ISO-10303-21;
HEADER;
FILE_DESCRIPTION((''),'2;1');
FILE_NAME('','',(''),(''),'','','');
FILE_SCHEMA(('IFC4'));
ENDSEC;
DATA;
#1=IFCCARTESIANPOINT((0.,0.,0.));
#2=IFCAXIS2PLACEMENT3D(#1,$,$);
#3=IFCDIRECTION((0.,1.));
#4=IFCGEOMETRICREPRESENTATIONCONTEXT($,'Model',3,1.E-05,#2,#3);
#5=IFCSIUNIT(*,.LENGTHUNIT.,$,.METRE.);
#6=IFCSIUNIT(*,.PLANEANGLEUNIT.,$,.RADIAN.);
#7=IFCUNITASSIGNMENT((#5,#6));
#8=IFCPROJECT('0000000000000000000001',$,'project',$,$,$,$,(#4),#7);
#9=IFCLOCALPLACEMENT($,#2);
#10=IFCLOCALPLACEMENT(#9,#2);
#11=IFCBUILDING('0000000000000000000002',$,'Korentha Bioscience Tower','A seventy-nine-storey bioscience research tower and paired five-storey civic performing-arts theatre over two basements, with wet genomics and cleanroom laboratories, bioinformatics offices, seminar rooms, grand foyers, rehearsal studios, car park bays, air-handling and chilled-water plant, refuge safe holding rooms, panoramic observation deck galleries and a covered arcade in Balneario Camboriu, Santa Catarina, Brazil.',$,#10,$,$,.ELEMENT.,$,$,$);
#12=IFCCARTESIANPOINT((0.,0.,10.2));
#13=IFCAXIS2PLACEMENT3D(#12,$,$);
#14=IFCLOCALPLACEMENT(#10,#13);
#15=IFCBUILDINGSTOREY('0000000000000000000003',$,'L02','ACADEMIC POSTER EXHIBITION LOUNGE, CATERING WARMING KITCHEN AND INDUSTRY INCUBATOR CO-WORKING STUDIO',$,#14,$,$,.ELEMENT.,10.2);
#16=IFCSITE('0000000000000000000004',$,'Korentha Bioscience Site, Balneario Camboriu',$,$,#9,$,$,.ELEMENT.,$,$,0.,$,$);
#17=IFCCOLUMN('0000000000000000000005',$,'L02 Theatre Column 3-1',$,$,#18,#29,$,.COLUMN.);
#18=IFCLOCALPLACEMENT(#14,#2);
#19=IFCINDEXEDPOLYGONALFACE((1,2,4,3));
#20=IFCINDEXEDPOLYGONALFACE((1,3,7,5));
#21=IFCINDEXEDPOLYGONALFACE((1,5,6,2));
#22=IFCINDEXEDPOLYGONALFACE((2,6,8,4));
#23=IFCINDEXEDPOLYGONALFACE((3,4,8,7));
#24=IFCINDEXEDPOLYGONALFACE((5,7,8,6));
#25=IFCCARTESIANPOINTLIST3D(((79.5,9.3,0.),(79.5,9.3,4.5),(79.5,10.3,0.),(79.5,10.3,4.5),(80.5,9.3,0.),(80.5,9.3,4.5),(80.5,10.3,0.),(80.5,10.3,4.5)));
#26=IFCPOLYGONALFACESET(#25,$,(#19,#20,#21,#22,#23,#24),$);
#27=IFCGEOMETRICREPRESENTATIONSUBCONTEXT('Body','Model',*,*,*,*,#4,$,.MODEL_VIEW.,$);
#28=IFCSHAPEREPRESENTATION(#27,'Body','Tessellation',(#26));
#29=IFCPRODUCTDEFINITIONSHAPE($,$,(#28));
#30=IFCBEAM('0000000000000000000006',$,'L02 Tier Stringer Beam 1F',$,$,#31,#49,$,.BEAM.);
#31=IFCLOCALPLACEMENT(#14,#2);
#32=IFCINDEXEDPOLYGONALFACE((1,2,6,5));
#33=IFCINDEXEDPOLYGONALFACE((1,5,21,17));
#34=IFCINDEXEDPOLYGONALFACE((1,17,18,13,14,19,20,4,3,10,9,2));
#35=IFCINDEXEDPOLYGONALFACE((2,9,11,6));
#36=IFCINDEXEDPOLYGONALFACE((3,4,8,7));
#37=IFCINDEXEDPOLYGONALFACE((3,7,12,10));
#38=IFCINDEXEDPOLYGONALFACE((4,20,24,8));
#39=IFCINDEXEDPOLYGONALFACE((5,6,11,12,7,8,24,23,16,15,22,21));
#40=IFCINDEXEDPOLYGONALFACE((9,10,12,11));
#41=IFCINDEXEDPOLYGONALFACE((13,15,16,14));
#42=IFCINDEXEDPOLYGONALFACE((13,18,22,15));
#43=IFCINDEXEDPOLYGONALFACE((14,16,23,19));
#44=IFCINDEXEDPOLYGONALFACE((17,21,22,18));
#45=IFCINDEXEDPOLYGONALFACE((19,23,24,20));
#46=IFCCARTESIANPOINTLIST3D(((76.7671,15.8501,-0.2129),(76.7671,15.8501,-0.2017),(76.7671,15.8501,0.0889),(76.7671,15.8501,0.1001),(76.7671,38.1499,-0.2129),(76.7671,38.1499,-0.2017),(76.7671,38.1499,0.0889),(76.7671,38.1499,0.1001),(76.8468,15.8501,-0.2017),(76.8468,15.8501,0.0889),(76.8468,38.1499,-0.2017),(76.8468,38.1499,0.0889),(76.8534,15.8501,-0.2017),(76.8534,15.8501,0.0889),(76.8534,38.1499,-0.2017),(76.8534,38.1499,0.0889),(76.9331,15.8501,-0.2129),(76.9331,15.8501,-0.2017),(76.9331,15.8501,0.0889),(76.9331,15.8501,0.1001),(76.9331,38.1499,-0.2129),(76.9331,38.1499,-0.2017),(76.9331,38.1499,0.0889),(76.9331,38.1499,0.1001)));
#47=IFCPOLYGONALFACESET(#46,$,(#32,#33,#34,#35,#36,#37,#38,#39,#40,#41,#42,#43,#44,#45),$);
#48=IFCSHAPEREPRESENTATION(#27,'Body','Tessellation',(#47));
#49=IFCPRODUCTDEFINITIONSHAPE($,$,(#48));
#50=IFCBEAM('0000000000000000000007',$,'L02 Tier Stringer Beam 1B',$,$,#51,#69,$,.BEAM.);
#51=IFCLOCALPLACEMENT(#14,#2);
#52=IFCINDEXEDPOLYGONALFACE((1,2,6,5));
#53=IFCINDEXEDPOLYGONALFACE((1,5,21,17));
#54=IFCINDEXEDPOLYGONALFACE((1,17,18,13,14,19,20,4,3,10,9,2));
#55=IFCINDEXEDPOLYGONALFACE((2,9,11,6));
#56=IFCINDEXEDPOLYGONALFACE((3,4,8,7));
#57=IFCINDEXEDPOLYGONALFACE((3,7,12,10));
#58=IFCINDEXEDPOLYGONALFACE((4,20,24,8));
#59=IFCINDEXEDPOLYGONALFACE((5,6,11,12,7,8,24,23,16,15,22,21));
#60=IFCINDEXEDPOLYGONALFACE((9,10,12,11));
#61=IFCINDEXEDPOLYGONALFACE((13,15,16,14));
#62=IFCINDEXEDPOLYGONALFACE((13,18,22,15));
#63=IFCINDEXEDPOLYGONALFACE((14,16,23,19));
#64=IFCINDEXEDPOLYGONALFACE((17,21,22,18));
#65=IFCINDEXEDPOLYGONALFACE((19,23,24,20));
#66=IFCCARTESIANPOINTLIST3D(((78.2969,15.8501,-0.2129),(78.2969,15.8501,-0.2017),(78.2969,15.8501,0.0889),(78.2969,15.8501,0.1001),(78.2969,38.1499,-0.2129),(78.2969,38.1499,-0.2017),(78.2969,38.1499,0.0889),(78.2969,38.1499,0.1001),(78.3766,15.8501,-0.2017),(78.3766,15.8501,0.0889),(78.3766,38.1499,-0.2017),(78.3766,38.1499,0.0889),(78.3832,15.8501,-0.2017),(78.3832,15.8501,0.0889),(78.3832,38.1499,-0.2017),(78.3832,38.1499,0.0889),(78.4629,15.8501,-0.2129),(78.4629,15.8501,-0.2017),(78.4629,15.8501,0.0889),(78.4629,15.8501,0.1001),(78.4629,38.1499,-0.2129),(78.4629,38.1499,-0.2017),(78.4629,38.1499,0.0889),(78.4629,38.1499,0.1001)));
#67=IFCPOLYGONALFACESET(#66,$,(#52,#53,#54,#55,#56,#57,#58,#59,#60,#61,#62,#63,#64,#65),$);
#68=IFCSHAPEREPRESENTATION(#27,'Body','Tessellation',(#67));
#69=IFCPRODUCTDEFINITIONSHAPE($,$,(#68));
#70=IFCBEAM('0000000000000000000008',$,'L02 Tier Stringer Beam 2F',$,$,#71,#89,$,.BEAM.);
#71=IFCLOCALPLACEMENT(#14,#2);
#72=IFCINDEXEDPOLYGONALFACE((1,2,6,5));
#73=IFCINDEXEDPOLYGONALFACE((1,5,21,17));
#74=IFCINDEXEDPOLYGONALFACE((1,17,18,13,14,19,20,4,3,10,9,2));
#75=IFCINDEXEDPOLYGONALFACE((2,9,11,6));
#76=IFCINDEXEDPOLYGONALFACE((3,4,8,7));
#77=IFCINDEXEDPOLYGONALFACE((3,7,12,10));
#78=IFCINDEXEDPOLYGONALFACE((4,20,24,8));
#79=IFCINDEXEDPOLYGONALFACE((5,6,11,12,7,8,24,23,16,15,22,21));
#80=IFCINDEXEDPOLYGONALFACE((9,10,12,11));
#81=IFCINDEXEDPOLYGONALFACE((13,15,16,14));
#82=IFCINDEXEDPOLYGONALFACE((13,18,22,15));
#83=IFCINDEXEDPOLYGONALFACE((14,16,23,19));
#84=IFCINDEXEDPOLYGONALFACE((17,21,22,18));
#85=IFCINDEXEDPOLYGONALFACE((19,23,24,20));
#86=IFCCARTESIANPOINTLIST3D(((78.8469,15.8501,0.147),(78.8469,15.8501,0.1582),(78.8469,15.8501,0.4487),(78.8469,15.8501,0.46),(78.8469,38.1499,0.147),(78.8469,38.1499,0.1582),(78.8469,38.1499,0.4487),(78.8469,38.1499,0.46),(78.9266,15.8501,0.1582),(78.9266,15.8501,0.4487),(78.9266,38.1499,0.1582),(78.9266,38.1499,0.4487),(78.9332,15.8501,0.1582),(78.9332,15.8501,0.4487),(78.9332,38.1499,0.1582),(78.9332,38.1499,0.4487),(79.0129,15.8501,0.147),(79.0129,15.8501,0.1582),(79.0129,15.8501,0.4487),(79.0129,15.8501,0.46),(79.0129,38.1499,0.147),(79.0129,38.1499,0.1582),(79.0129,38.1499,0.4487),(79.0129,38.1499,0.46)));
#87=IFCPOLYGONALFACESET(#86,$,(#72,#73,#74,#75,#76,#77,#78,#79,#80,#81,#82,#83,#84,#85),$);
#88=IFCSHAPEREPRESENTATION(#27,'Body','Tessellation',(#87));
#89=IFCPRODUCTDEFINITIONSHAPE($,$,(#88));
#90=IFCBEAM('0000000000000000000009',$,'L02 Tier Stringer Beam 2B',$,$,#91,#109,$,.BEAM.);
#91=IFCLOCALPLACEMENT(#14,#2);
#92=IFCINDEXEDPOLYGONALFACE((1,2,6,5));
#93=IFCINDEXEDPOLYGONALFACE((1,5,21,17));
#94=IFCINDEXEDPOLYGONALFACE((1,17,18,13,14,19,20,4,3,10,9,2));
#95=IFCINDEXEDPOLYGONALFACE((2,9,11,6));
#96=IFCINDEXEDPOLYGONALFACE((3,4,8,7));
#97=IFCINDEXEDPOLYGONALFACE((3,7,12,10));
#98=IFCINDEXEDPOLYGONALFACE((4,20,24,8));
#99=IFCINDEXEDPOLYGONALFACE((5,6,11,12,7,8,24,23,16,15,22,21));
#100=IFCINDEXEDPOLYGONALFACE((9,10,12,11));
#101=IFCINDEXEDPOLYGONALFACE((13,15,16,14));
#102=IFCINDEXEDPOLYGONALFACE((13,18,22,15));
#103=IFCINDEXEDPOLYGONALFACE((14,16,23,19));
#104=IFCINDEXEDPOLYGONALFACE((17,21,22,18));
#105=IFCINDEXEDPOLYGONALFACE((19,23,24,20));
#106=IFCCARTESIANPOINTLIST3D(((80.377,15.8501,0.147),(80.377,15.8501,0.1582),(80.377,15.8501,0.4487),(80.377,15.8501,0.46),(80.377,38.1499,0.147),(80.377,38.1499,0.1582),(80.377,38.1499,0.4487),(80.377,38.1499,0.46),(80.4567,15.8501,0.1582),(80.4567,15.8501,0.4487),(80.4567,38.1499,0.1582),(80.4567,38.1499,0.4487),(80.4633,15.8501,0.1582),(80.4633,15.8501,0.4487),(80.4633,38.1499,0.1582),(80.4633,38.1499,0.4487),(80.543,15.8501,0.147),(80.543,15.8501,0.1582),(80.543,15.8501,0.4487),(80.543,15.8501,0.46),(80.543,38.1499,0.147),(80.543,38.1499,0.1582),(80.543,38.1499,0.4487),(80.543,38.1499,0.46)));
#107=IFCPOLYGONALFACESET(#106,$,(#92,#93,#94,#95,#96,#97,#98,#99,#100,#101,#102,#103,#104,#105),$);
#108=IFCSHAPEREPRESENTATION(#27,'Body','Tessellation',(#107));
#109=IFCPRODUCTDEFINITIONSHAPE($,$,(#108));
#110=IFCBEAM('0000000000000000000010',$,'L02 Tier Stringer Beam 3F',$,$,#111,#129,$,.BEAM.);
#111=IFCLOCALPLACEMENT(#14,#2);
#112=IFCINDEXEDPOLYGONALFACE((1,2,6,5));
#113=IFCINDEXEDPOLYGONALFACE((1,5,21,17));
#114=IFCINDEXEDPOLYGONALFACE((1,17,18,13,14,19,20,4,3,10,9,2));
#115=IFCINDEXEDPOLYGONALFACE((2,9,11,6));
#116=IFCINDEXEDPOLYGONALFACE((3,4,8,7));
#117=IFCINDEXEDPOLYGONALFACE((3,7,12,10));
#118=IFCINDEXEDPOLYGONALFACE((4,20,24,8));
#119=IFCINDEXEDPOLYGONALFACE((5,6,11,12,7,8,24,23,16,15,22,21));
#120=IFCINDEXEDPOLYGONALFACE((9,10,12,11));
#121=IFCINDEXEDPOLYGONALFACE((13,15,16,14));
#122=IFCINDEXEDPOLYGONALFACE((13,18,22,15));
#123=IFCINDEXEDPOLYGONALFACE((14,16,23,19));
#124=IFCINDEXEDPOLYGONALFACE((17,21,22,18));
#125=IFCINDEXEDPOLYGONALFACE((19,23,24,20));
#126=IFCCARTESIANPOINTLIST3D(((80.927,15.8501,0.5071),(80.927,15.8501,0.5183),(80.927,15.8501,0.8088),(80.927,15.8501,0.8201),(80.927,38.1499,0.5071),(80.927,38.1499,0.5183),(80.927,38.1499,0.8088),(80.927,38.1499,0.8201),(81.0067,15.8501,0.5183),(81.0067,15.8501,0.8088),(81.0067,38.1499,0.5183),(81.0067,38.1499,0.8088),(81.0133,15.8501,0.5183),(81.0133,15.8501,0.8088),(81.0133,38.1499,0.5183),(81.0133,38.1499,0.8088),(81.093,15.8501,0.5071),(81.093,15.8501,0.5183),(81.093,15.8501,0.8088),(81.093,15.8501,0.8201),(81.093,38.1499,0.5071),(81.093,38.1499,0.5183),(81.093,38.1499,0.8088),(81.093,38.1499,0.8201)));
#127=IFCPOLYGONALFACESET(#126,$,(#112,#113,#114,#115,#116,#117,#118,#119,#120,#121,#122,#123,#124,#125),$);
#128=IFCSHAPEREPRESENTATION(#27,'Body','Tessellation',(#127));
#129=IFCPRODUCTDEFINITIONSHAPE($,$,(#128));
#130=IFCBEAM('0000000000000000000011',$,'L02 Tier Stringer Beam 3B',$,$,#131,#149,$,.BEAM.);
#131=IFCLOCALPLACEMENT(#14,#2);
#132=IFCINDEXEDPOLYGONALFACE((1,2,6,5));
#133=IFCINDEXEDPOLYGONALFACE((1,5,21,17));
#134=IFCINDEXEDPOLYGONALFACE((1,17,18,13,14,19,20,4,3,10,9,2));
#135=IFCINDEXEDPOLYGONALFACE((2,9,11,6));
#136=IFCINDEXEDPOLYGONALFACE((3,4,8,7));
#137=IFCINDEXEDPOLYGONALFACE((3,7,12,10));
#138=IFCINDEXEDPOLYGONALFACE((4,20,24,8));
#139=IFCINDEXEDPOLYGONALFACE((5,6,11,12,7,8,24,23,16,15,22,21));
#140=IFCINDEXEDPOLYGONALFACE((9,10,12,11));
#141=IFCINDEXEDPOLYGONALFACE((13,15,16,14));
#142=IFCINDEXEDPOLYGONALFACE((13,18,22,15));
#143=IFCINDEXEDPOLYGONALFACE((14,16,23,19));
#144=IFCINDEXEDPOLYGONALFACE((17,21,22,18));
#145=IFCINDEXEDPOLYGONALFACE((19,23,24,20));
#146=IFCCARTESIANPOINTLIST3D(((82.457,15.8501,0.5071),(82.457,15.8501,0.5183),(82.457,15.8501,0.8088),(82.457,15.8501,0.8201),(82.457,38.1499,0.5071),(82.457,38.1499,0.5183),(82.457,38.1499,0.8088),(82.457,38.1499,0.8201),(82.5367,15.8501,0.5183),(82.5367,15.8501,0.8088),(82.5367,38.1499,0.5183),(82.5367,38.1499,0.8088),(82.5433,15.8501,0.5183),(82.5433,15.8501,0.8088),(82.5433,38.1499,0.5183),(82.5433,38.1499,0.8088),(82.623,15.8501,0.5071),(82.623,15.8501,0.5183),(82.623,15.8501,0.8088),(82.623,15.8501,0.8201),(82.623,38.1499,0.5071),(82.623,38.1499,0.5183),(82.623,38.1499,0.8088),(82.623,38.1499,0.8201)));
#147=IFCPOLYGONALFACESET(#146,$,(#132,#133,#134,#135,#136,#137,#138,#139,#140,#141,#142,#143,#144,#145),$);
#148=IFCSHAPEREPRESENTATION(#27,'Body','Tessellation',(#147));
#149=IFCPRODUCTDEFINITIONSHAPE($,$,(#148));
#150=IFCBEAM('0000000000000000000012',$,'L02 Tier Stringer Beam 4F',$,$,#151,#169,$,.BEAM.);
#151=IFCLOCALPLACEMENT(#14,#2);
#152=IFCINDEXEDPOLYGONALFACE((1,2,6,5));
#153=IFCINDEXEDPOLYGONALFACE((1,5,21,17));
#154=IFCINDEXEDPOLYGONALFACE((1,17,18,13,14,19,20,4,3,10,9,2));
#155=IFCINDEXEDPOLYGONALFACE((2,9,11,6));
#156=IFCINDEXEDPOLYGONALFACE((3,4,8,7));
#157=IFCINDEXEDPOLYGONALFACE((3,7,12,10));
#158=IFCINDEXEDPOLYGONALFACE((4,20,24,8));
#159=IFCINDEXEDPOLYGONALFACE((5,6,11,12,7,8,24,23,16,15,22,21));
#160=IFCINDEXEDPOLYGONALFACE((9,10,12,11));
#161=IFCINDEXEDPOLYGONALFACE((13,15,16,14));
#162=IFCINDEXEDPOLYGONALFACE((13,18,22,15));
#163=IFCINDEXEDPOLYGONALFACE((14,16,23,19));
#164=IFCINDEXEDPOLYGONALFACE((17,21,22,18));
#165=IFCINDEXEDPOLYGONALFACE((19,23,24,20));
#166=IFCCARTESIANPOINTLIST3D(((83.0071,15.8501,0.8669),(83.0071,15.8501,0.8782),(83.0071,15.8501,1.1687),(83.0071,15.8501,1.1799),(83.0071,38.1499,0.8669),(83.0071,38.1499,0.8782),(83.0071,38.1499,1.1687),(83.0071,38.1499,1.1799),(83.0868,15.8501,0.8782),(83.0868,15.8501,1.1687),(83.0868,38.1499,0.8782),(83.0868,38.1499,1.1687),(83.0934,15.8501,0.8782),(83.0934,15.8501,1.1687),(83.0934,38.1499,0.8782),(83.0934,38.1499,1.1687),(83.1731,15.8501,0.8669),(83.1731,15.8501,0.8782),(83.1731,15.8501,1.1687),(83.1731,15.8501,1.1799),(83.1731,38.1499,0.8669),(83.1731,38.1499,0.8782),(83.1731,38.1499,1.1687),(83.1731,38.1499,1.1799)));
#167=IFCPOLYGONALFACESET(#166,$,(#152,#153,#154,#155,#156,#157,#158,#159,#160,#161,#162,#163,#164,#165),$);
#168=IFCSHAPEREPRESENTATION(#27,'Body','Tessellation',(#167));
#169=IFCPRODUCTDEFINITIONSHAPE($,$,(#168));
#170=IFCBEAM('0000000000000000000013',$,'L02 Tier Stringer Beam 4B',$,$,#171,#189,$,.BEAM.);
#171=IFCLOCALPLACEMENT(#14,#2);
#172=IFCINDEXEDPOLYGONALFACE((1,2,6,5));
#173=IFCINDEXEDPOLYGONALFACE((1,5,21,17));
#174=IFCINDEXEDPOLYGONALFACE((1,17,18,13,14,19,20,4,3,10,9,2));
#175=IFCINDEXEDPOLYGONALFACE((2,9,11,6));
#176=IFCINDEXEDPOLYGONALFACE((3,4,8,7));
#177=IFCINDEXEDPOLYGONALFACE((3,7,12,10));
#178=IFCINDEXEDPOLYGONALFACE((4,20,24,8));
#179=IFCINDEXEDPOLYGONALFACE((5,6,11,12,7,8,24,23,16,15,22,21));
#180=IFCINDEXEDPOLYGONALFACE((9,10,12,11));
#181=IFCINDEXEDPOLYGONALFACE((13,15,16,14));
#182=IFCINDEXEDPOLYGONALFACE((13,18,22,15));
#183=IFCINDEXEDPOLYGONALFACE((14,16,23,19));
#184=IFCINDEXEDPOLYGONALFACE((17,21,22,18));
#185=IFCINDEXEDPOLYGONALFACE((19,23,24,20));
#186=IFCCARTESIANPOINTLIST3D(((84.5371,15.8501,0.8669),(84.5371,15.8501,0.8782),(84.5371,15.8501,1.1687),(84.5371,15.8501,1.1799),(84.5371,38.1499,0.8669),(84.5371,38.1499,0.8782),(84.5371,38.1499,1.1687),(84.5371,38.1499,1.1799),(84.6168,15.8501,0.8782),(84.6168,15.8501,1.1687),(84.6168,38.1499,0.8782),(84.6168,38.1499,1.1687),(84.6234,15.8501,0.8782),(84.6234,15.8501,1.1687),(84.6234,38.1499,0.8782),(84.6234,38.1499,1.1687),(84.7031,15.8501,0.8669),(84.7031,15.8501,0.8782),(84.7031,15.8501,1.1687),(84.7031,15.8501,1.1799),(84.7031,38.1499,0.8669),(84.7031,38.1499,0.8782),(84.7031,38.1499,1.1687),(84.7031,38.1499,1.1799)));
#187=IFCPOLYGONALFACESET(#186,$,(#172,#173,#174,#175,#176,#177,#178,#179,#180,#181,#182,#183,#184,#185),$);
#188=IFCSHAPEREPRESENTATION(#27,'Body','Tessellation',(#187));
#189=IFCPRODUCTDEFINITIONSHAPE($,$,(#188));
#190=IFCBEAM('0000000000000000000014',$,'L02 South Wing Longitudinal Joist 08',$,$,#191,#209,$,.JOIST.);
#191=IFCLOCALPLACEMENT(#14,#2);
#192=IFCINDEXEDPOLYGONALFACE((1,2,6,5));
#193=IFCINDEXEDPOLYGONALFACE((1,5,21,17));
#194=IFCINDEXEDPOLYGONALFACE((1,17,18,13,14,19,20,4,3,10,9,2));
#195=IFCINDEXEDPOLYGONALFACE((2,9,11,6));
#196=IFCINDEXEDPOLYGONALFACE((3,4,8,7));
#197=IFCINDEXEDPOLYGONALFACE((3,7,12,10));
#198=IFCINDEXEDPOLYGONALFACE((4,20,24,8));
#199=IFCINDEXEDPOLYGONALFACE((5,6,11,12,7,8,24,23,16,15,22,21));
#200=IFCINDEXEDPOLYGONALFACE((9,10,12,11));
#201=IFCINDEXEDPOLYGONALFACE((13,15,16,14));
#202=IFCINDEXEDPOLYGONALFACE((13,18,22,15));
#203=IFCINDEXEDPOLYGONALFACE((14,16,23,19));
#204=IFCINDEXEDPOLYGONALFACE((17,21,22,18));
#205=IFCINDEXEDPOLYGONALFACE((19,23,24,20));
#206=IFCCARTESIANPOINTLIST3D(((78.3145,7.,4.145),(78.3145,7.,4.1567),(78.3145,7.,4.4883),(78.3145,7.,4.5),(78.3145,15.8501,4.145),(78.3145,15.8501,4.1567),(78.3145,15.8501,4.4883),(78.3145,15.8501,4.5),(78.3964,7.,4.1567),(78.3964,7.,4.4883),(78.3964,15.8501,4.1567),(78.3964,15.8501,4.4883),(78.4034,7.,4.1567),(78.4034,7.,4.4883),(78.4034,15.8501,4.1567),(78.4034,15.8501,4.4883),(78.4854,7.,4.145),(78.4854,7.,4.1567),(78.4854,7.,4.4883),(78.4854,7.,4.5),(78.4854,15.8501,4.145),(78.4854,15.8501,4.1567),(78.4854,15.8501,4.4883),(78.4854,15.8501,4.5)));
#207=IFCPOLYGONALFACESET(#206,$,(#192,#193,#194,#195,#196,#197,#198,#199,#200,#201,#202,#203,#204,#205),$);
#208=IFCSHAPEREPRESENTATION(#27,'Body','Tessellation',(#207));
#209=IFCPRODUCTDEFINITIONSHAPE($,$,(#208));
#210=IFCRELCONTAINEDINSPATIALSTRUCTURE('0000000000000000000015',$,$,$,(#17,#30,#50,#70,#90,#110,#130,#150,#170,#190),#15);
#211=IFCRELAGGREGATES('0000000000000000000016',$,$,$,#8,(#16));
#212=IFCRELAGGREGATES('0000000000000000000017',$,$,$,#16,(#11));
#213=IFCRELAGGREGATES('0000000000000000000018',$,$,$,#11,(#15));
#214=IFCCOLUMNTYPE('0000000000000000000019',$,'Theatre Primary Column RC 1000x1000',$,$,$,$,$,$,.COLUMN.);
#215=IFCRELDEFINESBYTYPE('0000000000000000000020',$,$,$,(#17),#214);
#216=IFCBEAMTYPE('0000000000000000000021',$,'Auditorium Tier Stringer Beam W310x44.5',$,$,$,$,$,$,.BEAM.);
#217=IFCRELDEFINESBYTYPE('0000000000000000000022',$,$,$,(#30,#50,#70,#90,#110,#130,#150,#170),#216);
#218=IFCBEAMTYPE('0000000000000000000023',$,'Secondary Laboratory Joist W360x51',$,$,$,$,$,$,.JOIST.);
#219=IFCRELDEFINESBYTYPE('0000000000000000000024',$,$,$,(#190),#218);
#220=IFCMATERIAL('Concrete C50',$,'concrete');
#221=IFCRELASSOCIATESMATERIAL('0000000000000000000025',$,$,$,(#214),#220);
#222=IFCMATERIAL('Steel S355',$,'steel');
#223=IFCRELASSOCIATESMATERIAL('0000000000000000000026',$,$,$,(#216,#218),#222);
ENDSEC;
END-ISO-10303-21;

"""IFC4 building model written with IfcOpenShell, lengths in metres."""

from ifc_helpers import new_model, si_unit, direction, frame, origin, origin_2d, place, context, subcontext, project, spatial, rectangle, i_section, extrude, material, material_profile, profile_set, type_object, element, save


model = new_model("IFC4")

# Units and contexts
model_context = context("Model", 3, precision=1e-05, world=origin(), true_north=direction((0.0, 1.0)))
body_context = subcontext(model_context, "Body", "Model", "MODEL_VIEW")
ifc_project = project(units=[si_unit("LENGTHUNIT", "METRE"), si_unit("PLANEANGLEUNIT", "RADIAN")], contexts=[model_context])

# Site, building, storey
site_placement = place(None, origin())
site = spatial("IfcSite", under=ifc_project, at=site_placement, Name="Korentha Bioscience Site, Balneario Camboriu", CompositionType="ELEMENT", RefElevation=0.0)
building_placement = place(site_placement, origin())
building = spatial("IfcBuilding", under=site, at=building_placement, Name="Korentha Bioscience Tower", Description="A seventy-nine-storey bioscience research tower and paired five-storey civic performing-arts theatre over two basements, with wet genomics and cleanroom laboratories, bioinformatics offices, seminar rooms, grand foyers, rehearsal studios, car park bays, air-handling and chilled-water plant, refuge safe holding rooms, panoramic observation deck galleries and a covered arcade in Balneario Camboriu, Santa Catarina, Brazil.", CompositionType="ELEMENT")
storey_placement = place(building_placement, frame((0.0, 0.0, 10.2)))
storey = spatial("IfcBuildingStorey", under=building, at=storey_placement, Name="L02", Description="ACADEMIC POSTER EXHIBITION LOUNGE, CATERING WARMING KITCHEN AND INDUSTRY INCUBATOR CO-WORKING STUDIO", CompositionType="ELEMENT", Elevation=10.2)

# Column
ifc_material_1 = material(Name="Concrete C50", Category="concrete")
ifc_material_profile_1 = material_profile(ifc_material_1, rectangle(XDim=1.0, YDim=1.0, at=origin_2d()), Name="Concrete C50")
ifc_profile_set_1 = profile_set([ifc_material_profile_1], Name="Concrete C50 (TC-01)")
column_type = type_object("IfcColumnType", Name="Theatre Primary Column RC 1000x1000", PredefinedType="COLUMN", material=ifc_profile_set_1)
column_placement = place(storey_placement, frame((80.0, 9.8, 0.0), z_axis=(0.0, 0.0, 1.0), x_axis=(1.0, 0.0, 0.0)))
element("IfcColumn", 1, at=column_placement, inside=storey, type_object=column_type, Name="L02 Theatre Column 3-1", PredefinedType="COLUMN", context=body_context, shape_type="SweptSolid", body=[
    extrude(rectangle(XDim=1.0, YDim=1.0, at=origin_2d()), origin(), (0.0, 0.0, 1.0), 4.5),
])

# Beams
ifc_material_2 = material(Name="Steel S355", Category="steel")
ifc_material_profile_2 = material_profile(ifc_material_2, i_section(OverallWidth=0.166, OverallDepth=0.313, WebThickness=0.0066, FlangeThickness=0.0112, at=origin_2d()), Name="Steel S355")
ifc_profile_set_2 = profile_set([ifc_material_profile_2], Name="Steel S355 (TS-310)")
beam_type_1 = type_object("IfcBeamType", Name="Auditorium Tier Stringer Beam W310x44.5", PredefinedType="BEAM", material=ifc_profile_set_2)
for number, where, z_axis, x_axis, name in (
    (2, (76.8501, 15.8501, -0.0564), (0.0, 1.0, 0.0), (-1.0, 0.0, 0.0), "L02 Tier Stringer Beam 1F"),
    (3, (78.3799, 15.8501, -0.0564), (0.0, 1.0, 0.0), (-1.0, 0.0, 0.0), "L02 Tier Stringer Beam 1B"),
    (4, (78.9299, 15.8501, 0.3035), (0.0, 1.0, 0.0), (-1.0, 0.0, 0.0), "L02 Tier Stringer Beam 2F"),
    (5, (80.46, 15.8501, 0.3035), (0.0, 1.0, 0.0), (-1.0, 0.0, 0.0), "L02 Tier Stringer Beam 2B"),
    (6, (81.01, 15.8501, 0.6636), (0.0, 1.0, 0.0), (-1.0, 0.0, 0.0), "L02 Tier Stringer Beam 3F"),
    (7, (82.54, 15.8501, 0.6636), (0.0, 1.0, 0.0), (-1.0, 0.0, 0.0), "L02 Tier Stringer Beam 3B"),
    (8, (83.0901, 15.8501, 1.0234), (0.0, 1.0, 0.0), (-1.0, 0.0, 0.0), "L02 Tier Stringer Beam 4F"),
    (9, (84.6201, 15.8501, 1.0234), (0.0, 1.0, 0.0), (-1.0, 0.0, 0.0), "L02 Tier Stringer Beam 4B"),
):
    element("IfcBeam", number, at=place(storey_placement, frame(where, z_axis=z_axis, x_axis=x_axis)), inside=storey, type_object=beam_type_1, Name=name, PredefinedType="BEAM", context=body_context, shape_type="SweptSolid", body=[
        extrude(i_section(OverallWidth=0.166, OverallDepth=0.313, WebThickness=0.0066, FlangeThickness=0.0112, at=origin_2d()), origin(), (0.0, 0.0, 1.0), 22.2998),
    ])
ifc_material_profile_3 = material_profile(ifc_material_2, i_section(OverallWidth=0.1709, OverallDepth=0.355, WebThickness=0.0071, FlangeThickness=0.0117, at=origin_2d()), Name="Steel S355")
ifc_profile_set_3 = profile_set([ifc_material_profile_3], Name="Steel S355 (JB-360)")
beam_type_2 = type_object("IfcBeamType", Name="Secondary Laboratory Joist W360x51", PredefinedType="JOIST", material=ifc_profile_set_3)
for number, where, z_axis, x_axis, name in (
    (10, (78.3999, 7.0, 4.3225), (0.0, 1.0, 0.0), (-1.0, 0.0, 0.0), "L02 South Wing Longitudinal Joist 08"),
):
    element("IfcBeam", number, at=place(storey_placement, frame(where, z_axis=z_axis, x_axis=x_axis)), inside=storey, type_object=beam_type_2, Name=name, PredefinedType="JOIST", context=body_context, shape_type="SweptSolid", body=[
        extrude(i_section(OverallWidth=0.1709, OverallDepth=0.355, WebThickness=0.0071, FlangeThickness=0.0117, at=origin_2d()), origin(), (0.0, 0.0, 1.0), 8.8501),
    ])

save(model, "model.ifc")
